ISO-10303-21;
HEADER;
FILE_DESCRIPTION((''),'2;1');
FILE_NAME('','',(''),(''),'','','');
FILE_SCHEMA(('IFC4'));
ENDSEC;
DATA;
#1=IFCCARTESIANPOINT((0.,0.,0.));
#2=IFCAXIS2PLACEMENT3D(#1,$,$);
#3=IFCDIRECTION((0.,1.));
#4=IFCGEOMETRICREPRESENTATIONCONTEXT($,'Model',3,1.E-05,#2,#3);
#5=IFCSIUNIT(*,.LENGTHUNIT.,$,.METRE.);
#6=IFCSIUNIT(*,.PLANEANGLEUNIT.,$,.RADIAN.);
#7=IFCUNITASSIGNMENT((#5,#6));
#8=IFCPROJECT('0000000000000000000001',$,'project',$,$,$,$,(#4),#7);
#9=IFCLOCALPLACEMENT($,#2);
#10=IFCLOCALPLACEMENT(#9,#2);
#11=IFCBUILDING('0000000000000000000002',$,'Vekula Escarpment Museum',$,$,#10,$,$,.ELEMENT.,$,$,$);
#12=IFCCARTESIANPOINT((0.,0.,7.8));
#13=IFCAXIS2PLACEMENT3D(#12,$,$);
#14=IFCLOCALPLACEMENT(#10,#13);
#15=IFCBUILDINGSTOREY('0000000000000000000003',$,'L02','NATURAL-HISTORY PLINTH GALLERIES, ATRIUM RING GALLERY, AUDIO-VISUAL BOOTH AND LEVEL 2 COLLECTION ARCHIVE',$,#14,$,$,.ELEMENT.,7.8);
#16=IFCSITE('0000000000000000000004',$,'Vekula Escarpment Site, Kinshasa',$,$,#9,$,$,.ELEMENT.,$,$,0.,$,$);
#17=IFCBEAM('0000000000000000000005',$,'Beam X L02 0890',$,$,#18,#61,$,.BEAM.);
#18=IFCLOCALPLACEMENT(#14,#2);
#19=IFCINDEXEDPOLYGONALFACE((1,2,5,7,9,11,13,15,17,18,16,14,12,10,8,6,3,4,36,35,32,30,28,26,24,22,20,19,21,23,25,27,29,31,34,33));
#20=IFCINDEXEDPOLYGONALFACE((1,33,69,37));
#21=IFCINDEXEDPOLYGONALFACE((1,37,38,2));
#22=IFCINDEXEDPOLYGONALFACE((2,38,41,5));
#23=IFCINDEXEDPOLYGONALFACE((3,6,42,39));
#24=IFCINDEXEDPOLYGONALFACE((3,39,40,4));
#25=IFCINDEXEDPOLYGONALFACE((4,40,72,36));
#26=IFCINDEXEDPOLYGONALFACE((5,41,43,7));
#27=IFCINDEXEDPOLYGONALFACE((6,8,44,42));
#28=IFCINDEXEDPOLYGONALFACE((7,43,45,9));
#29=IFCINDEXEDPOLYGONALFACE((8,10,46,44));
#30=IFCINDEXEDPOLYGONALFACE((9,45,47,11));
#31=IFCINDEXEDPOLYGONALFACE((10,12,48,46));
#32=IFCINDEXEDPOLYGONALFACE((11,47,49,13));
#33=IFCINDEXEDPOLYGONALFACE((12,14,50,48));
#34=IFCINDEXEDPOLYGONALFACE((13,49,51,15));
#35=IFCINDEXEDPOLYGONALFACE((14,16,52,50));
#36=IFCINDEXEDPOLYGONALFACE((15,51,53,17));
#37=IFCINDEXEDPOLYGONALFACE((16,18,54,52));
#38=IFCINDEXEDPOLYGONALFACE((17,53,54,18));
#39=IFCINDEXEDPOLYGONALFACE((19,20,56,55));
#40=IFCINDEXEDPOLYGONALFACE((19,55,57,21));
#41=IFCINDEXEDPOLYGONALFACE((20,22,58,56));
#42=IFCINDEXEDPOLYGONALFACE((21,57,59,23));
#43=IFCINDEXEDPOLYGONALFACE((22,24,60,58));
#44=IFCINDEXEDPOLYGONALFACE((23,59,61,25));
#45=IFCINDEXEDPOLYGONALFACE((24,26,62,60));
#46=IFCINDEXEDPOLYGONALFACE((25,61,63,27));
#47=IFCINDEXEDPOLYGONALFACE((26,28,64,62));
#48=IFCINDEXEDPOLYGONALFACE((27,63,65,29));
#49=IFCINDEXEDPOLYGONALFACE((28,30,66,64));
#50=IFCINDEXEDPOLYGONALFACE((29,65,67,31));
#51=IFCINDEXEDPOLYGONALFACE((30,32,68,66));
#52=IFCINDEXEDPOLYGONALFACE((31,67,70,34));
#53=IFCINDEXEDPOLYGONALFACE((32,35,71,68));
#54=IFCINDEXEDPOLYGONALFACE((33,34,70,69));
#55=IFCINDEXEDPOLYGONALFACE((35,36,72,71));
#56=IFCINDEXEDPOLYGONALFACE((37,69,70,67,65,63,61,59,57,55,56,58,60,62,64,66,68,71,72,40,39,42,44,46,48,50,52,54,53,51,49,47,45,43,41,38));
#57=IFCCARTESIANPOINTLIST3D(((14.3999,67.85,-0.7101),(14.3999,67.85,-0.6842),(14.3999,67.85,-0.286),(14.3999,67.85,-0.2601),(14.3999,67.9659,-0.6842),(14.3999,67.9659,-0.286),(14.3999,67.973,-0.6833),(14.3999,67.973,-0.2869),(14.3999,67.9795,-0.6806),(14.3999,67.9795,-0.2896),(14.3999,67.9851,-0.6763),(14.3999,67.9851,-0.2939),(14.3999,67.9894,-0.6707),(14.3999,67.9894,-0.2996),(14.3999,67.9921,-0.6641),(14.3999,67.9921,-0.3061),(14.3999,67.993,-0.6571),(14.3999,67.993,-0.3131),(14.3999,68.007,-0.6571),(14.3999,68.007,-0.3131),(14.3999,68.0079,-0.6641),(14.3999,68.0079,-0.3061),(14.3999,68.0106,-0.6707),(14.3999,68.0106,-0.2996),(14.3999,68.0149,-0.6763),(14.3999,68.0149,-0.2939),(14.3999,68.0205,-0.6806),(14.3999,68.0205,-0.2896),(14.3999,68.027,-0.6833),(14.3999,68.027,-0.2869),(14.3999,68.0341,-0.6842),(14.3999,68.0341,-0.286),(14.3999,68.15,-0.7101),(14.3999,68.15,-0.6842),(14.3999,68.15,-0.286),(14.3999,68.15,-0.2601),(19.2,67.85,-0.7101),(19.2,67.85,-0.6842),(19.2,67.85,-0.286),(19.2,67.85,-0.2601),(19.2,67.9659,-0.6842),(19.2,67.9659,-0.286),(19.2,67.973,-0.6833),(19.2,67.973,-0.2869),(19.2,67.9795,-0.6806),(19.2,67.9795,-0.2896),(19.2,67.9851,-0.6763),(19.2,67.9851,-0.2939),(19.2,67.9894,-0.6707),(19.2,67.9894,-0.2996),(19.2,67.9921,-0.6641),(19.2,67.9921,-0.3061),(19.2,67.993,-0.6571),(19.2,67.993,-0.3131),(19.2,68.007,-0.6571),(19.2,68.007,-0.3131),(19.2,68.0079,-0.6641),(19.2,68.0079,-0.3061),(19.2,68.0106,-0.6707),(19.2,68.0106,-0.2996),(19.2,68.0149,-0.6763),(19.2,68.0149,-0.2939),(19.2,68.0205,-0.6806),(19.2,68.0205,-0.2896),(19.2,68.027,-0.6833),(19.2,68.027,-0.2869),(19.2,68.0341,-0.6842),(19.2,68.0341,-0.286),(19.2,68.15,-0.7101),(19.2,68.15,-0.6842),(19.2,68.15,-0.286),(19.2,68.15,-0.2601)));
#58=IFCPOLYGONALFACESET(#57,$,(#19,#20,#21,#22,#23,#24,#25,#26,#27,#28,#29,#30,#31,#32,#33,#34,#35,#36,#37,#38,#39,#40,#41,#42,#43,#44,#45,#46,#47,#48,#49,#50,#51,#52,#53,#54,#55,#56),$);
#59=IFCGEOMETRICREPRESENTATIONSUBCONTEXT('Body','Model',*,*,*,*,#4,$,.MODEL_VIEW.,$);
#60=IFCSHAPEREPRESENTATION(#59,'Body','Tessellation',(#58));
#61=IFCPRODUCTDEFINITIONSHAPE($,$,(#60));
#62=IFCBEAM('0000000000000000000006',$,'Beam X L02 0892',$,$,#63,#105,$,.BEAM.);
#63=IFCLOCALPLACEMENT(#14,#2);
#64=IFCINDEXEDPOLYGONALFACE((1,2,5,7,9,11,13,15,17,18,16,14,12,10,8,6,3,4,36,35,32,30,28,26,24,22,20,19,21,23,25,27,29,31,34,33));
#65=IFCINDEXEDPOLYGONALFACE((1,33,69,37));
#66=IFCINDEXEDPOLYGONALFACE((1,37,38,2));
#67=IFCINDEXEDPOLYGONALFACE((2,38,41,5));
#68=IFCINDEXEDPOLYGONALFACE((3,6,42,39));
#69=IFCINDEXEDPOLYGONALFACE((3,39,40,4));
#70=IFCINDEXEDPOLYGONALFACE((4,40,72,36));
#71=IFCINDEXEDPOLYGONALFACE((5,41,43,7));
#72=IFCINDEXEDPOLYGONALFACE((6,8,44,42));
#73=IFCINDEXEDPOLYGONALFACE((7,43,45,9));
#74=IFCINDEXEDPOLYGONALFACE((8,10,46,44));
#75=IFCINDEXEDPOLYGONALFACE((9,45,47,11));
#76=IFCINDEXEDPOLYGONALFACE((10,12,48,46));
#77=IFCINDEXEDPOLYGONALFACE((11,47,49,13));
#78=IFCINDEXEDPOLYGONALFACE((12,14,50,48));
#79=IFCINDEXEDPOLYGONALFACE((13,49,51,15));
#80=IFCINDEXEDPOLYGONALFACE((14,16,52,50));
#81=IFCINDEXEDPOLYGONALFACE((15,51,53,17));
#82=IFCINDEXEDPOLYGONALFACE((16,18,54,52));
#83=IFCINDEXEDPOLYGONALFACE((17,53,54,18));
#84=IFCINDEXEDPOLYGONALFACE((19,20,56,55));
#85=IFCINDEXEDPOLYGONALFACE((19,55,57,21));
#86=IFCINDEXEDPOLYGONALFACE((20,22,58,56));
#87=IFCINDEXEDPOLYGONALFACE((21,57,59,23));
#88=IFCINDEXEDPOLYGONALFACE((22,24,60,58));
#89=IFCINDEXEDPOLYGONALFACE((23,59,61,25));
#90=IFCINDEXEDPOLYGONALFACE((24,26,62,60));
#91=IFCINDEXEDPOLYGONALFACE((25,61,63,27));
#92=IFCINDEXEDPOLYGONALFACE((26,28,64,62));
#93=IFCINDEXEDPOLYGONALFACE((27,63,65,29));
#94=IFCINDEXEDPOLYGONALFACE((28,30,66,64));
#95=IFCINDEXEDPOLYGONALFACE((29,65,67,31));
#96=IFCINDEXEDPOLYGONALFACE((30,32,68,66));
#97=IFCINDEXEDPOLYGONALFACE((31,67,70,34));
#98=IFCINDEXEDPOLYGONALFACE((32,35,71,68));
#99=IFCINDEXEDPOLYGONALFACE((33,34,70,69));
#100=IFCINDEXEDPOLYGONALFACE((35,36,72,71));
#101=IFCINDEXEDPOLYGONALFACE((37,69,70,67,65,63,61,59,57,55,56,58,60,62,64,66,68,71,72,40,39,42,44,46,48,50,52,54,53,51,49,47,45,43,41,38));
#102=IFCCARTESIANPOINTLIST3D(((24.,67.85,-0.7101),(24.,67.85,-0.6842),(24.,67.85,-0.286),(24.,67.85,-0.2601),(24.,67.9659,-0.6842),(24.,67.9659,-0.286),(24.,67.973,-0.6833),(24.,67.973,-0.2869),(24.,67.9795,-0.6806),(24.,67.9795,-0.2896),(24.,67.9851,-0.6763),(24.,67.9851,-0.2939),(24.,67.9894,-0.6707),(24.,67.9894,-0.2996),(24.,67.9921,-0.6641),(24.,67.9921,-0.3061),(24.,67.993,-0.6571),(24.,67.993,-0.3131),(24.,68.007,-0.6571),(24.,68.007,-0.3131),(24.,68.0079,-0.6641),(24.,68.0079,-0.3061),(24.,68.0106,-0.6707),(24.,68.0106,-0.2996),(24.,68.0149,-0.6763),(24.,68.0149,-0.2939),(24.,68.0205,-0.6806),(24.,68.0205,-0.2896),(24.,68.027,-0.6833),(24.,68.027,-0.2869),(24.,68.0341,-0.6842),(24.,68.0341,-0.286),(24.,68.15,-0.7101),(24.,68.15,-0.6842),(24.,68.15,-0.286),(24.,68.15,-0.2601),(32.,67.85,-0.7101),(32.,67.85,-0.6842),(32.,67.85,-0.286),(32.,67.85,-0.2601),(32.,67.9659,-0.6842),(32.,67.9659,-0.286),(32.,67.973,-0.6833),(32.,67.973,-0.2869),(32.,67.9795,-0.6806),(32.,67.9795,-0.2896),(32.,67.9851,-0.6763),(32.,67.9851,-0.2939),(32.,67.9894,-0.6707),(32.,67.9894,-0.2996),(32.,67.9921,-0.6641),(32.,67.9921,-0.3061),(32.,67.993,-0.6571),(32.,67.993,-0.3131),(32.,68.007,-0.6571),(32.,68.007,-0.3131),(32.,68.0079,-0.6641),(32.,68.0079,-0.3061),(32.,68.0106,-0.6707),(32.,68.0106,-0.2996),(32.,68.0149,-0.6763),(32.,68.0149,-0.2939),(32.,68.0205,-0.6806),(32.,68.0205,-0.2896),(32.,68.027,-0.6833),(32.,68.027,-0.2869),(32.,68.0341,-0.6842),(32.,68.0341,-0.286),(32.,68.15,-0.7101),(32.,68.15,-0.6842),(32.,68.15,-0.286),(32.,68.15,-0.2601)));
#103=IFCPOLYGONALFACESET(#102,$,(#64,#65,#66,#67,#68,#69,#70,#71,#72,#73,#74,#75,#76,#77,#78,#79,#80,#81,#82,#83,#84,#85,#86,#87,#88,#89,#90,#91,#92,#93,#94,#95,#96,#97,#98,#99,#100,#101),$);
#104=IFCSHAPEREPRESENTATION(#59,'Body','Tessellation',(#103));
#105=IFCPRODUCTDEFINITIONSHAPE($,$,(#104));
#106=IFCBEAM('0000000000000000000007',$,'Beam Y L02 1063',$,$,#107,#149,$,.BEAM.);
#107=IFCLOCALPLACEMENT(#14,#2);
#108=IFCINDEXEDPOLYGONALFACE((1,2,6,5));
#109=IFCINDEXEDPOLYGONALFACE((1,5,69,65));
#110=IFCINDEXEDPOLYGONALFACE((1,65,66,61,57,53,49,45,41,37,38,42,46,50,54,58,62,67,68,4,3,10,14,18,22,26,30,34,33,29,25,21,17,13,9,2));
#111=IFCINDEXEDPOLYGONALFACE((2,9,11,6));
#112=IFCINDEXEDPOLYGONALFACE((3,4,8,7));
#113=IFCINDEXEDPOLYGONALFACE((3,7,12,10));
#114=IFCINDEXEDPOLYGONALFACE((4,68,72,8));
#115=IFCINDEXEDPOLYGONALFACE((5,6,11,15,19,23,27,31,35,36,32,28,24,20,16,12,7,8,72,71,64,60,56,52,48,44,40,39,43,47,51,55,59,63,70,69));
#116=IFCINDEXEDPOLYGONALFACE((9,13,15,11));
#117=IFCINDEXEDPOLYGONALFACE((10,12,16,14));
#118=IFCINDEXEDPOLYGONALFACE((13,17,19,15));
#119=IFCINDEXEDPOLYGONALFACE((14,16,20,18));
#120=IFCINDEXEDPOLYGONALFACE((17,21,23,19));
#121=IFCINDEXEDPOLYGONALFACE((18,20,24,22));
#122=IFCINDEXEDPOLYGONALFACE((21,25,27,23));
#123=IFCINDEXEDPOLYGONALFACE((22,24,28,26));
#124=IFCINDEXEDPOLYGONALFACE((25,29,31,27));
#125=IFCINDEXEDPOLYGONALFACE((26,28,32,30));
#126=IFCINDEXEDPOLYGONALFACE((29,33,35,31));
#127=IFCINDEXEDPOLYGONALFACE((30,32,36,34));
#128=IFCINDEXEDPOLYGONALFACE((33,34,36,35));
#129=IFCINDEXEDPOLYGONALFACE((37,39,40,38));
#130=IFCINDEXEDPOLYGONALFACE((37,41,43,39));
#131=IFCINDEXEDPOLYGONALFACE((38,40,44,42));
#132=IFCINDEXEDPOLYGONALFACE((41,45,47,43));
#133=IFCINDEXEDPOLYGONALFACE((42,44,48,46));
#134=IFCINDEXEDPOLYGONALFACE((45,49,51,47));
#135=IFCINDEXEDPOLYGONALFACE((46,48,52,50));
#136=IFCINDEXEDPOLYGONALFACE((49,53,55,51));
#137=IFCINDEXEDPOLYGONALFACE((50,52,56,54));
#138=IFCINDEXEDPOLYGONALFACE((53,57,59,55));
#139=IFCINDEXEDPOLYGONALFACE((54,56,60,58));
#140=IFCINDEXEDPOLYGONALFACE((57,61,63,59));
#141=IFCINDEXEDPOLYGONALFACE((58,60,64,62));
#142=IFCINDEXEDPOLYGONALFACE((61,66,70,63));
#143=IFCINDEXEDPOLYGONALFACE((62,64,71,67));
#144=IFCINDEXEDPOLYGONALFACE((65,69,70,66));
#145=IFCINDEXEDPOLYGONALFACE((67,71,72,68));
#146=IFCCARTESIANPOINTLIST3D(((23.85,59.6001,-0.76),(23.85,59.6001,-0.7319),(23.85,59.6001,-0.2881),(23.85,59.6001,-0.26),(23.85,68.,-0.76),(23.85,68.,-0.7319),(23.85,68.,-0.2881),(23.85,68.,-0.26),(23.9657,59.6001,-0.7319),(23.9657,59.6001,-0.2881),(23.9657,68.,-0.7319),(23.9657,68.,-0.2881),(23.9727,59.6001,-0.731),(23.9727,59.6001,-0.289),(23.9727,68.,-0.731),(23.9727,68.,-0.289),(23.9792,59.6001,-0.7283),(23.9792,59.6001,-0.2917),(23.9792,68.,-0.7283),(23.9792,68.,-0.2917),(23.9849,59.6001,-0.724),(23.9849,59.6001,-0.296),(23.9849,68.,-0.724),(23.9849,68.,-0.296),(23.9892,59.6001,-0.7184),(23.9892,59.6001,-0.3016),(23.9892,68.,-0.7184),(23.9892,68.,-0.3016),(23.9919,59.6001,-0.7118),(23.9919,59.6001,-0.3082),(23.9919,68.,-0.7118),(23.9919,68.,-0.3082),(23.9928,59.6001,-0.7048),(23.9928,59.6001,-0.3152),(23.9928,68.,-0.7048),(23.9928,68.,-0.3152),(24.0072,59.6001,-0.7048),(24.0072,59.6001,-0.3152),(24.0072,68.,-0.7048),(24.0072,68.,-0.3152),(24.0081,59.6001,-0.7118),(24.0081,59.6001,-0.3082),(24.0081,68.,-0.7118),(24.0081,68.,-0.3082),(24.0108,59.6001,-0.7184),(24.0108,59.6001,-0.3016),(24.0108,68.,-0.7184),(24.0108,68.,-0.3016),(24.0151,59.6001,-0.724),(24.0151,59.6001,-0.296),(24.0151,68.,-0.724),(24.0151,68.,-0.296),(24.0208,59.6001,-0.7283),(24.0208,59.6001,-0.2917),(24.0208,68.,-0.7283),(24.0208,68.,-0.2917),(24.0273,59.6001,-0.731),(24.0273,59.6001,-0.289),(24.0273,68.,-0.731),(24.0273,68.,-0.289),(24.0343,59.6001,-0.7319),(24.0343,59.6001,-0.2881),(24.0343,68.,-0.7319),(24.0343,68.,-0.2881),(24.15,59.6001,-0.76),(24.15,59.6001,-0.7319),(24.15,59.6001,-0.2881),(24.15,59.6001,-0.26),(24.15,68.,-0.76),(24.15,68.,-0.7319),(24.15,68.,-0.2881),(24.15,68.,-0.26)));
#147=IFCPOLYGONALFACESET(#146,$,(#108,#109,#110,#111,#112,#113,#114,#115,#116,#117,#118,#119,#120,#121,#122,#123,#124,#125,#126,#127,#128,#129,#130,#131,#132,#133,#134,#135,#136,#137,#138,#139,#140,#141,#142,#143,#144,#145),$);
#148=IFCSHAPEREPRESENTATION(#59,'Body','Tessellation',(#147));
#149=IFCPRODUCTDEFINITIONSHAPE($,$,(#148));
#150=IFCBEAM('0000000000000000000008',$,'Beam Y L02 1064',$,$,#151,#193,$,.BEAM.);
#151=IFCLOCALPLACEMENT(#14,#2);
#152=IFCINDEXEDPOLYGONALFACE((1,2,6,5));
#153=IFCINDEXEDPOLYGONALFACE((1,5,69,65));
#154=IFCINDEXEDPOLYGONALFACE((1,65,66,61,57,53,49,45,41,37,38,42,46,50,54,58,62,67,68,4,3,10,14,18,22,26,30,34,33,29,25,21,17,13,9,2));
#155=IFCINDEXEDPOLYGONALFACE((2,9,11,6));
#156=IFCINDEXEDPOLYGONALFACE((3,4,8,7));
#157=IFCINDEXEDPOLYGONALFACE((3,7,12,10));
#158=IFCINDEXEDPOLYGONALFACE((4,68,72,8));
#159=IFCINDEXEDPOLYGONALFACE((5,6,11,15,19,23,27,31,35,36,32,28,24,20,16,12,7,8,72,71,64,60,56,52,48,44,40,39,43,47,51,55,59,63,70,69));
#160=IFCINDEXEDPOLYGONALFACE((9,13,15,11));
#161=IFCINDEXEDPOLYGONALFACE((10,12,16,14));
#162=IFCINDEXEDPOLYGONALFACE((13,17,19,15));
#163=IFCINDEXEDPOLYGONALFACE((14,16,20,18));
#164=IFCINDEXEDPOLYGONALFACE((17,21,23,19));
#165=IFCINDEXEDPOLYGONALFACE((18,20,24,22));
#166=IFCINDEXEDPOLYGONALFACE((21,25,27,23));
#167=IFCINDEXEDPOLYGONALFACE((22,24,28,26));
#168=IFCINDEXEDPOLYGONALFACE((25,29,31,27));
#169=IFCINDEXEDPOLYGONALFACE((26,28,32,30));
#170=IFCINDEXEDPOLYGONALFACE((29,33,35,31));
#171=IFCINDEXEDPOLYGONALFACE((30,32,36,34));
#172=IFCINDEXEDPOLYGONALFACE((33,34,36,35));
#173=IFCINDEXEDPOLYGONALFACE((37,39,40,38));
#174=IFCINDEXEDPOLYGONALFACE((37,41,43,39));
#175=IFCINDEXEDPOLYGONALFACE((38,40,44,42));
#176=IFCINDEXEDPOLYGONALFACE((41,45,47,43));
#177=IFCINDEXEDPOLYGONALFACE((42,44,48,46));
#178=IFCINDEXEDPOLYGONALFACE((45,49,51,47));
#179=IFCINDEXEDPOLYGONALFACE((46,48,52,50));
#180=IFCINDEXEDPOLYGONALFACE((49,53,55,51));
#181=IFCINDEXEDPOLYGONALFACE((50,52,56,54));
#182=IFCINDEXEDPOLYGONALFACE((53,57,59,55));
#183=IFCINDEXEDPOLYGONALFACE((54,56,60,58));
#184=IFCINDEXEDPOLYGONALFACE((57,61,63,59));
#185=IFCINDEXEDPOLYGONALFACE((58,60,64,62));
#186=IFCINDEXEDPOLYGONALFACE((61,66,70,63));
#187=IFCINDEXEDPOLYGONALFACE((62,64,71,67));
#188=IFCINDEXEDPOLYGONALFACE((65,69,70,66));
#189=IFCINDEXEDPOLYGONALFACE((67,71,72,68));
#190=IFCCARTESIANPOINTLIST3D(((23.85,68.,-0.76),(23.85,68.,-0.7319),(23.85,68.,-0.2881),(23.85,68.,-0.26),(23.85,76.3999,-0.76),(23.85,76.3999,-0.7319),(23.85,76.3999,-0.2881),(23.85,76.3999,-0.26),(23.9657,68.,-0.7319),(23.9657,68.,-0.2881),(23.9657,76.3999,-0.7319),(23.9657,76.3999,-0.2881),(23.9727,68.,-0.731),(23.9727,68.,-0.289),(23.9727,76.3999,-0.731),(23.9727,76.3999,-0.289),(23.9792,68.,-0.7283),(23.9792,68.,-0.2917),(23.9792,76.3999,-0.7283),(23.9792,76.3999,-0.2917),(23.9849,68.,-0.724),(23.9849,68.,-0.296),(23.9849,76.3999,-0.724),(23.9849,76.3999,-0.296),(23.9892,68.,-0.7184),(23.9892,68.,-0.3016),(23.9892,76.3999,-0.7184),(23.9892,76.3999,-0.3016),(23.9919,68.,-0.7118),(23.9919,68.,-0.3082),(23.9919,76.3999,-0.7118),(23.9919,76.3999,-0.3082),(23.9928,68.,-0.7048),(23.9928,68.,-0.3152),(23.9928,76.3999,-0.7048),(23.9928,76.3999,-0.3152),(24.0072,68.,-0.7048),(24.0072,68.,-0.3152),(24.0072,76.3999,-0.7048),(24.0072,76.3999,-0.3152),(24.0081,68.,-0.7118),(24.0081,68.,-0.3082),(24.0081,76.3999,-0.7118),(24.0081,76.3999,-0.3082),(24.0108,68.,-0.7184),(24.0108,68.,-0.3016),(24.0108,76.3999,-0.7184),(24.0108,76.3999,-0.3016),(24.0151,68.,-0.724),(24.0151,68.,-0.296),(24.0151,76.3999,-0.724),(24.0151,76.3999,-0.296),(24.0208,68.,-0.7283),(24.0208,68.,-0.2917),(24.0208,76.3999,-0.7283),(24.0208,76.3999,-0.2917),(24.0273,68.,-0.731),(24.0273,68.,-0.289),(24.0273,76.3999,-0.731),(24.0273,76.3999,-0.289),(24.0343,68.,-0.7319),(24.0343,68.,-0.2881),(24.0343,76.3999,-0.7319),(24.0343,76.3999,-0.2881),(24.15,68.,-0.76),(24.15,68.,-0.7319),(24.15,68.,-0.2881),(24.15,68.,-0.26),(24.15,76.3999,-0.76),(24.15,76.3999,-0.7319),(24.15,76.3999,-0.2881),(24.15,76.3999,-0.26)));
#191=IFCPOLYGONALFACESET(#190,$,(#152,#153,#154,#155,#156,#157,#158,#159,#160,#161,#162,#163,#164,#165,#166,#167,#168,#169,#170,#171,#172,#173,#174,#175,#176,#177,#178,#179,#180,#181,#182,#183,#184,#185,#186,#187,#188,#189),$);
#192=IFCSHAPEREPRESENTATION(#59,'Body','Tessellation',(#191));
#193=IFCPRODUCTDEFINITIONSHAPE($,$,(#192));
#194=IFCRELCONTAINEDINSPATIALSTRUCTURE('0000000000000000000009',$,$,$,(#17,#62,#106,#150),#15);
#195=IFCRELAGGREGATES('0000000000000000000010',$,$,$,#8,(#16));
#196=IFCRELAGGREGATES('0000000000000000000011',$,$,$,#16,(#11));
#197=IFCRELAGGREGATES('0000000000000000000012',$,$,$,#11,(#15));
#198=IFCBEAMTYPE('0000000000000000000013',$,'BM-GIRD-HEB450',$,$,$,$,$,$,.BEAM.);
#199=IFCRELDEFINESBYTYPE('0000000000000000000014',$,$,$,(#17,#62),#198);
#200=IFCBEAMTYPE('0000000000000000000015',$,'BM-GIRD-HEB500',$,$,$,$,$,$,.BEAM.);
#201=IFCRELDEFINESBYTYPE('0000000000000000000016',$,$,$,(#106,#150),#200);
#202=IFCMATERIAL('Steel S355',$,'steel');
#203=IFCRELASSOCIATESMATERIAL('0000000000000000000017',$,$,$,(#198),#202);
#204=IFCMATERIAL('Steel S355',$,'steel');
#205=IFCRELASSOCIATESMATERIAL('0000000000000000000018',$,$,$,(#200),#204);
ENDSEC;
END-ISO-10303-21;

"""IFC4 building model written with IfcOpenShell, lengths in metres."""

from ifc_helpers import new_model, si_unit, direction, frame, origin, origin_2d, place, context, subcontext, project, spatial, i_section, extrude, material, material_profile, profile_set, type_object, element, save


model = new_model("IFC4")

# Units and contexts
model_context = context("Model", 3, precision=1e-05, world=origin(), true_north=direction((0.0, 1.0)))
body_context = subcontext(model_context, "Body", "Model", "MODEL_VIEW")
ifc_project = project(units=[si_unit("LENGTHUNIT", "METRE"), si_unit("PLANEANGLEUNIT", "RADIAN")], contexts=[model_context])

# Site, building, storey
site_placement = place(None, origin())
site = spatial("IfcSite", under=ifc_project, at=site_placement, Name="Vekula Escarpment Site, Kinshasa", CompositionType="ELEMENT", RefElevation=0.0)
building_placement = place(site_placement, origin())
building = spatial("IfcBuilding", under=site, at=building_placement, Name="Vekula Escarpment Museum", CompositionType="ELEMENT")
storey_placement = place(building_placement, frame((0.0, 0.0, 7.8)))
storey = spatial("IfcBuildingStorey", under=building, at=storey_placement, Name="L02", Description="NATURAL-HISTORY PLINTH GALLERIES, ATRIUM RING GALLERY, AUDIO-VISUAL BOOTH AND LEVEL 2 COLLECTION ARCHIVE", CompositionType="ELEMENT", Elevation=7.8)

# Beams
ifc_material_1 = material(Name="Steel S355", Category="steel")
ifc_material_profile_1 = material_profile(ifc_material_1, i_section(OverallWidth=0.3, OverallDepth=0.45, WebThickness=0.0139, FlangeThickness=0.0259, FilletRadius=0.0271, at=origin_2d()), Name="HEB 450")
ifc_profile_set_1 = profile_set([ifc_material_profile_1], Name="Steel S355")
beam_type_1 = type_object("IfcBeamType", Name="BM-GIRD-HEB450", PredefinedType="BEAM", material=ifc_profile_set_1)
beam_1_placement = place(storey_placement, frame((14.3999, 68.0, -0.4851), z_axis=(1.0, 0.0, 0.0), x_axis=(0.0, 1.0, 0.0)))
element("IfcBeam", 1, at=beam_1_placement, inside=storey, type_object=beam_type_1, Name="Beam X L02 0890", PredefinedType="BEAM", context=body_context, shape_type="SweptSolid", body=[
    extrude(i_section(OverallWidth=0.3, OverallDepth=0.45, WebThickness=0.0139, FlangeThickness=0.0259, FilletRadius=0.0271, at=origin_2d()), origin(), (0.0, 0.0, 1.0), 4.8),
])
beam_2_placement = place(storey_placement, frame((24.0, 68.0, -0.4851), z_axis=(1.0, 0.0, 0.0), x_axis=(0.0, 1.0, 0.0)))
element("IfcBeam", 2, at=beam_2_placement, inside=storey, type_object=beam_type_1, Name="Beam X L02 0892", PredefinedType="BEAM", context=body_context, shape_type="SweptSolid", body=[
    extrude(i_section(OverallWidth=0.3, OverallDepth=0.45, WebThickness=0.0139, FlangeThickness=0.0259, FilletRadius=0.0271, at=origin_2d()), origin(), (0.0, 0.0, 1.0), 8.0),
])
ifc_material_2 = material(Name="Steel S355", Category="steel")
ifc_material_profile_2 = material_profile(ifc_material_2, i_section(OverallWidth=0.3, OverallDepth=0.5, WebThickness=0.0144, FlangeThickness=0.0281, FilletRadius=0.0271, at=origin_2d()), Name="HEB 500")
ifc_profile_set_2 = profile_set([ifc_material_profile_2], Name="Steel S355")
beam_type_2 = type_object("IfcBeamType", Name="BM-GIRD-HEB500", PredefinedType="BEAM", material=ifc_profile_set_2)
for number, where, z_axis, x_axis, name in (
    (3, (24.0, 59.6001, -0.51), (0.0, 1.0, 0.0), (-1.0, 0.0, 0.0), "Beam Y L02 1063"),
    (4, (24.0, 68.0, -0.51), (0.0, 1.0, 0.0), (-1.0, 0.0, 0.0), "Beam Y L02 1064"),
):
    element("IfcBeam", number, at=place(storey_placement, frame(where, z_axis=z_axis, x_axis=x_axis)), inside=storey, type_object=beam_type_2, Name=name, PredefinedType="BEAM", context=body_context, shape_type="SweptSolid", body=[
        extrude(i_section(OverallWidth=0.3, OverallDepth=0.5, WebThickness=0.0144, FlangeThickness=0.0281, FilletRadius=0.0271, at=origin_2d()), origin(), (0.0, 0.0, 1.0), 8.3999),
    ])

save(model, "model.ifc")
